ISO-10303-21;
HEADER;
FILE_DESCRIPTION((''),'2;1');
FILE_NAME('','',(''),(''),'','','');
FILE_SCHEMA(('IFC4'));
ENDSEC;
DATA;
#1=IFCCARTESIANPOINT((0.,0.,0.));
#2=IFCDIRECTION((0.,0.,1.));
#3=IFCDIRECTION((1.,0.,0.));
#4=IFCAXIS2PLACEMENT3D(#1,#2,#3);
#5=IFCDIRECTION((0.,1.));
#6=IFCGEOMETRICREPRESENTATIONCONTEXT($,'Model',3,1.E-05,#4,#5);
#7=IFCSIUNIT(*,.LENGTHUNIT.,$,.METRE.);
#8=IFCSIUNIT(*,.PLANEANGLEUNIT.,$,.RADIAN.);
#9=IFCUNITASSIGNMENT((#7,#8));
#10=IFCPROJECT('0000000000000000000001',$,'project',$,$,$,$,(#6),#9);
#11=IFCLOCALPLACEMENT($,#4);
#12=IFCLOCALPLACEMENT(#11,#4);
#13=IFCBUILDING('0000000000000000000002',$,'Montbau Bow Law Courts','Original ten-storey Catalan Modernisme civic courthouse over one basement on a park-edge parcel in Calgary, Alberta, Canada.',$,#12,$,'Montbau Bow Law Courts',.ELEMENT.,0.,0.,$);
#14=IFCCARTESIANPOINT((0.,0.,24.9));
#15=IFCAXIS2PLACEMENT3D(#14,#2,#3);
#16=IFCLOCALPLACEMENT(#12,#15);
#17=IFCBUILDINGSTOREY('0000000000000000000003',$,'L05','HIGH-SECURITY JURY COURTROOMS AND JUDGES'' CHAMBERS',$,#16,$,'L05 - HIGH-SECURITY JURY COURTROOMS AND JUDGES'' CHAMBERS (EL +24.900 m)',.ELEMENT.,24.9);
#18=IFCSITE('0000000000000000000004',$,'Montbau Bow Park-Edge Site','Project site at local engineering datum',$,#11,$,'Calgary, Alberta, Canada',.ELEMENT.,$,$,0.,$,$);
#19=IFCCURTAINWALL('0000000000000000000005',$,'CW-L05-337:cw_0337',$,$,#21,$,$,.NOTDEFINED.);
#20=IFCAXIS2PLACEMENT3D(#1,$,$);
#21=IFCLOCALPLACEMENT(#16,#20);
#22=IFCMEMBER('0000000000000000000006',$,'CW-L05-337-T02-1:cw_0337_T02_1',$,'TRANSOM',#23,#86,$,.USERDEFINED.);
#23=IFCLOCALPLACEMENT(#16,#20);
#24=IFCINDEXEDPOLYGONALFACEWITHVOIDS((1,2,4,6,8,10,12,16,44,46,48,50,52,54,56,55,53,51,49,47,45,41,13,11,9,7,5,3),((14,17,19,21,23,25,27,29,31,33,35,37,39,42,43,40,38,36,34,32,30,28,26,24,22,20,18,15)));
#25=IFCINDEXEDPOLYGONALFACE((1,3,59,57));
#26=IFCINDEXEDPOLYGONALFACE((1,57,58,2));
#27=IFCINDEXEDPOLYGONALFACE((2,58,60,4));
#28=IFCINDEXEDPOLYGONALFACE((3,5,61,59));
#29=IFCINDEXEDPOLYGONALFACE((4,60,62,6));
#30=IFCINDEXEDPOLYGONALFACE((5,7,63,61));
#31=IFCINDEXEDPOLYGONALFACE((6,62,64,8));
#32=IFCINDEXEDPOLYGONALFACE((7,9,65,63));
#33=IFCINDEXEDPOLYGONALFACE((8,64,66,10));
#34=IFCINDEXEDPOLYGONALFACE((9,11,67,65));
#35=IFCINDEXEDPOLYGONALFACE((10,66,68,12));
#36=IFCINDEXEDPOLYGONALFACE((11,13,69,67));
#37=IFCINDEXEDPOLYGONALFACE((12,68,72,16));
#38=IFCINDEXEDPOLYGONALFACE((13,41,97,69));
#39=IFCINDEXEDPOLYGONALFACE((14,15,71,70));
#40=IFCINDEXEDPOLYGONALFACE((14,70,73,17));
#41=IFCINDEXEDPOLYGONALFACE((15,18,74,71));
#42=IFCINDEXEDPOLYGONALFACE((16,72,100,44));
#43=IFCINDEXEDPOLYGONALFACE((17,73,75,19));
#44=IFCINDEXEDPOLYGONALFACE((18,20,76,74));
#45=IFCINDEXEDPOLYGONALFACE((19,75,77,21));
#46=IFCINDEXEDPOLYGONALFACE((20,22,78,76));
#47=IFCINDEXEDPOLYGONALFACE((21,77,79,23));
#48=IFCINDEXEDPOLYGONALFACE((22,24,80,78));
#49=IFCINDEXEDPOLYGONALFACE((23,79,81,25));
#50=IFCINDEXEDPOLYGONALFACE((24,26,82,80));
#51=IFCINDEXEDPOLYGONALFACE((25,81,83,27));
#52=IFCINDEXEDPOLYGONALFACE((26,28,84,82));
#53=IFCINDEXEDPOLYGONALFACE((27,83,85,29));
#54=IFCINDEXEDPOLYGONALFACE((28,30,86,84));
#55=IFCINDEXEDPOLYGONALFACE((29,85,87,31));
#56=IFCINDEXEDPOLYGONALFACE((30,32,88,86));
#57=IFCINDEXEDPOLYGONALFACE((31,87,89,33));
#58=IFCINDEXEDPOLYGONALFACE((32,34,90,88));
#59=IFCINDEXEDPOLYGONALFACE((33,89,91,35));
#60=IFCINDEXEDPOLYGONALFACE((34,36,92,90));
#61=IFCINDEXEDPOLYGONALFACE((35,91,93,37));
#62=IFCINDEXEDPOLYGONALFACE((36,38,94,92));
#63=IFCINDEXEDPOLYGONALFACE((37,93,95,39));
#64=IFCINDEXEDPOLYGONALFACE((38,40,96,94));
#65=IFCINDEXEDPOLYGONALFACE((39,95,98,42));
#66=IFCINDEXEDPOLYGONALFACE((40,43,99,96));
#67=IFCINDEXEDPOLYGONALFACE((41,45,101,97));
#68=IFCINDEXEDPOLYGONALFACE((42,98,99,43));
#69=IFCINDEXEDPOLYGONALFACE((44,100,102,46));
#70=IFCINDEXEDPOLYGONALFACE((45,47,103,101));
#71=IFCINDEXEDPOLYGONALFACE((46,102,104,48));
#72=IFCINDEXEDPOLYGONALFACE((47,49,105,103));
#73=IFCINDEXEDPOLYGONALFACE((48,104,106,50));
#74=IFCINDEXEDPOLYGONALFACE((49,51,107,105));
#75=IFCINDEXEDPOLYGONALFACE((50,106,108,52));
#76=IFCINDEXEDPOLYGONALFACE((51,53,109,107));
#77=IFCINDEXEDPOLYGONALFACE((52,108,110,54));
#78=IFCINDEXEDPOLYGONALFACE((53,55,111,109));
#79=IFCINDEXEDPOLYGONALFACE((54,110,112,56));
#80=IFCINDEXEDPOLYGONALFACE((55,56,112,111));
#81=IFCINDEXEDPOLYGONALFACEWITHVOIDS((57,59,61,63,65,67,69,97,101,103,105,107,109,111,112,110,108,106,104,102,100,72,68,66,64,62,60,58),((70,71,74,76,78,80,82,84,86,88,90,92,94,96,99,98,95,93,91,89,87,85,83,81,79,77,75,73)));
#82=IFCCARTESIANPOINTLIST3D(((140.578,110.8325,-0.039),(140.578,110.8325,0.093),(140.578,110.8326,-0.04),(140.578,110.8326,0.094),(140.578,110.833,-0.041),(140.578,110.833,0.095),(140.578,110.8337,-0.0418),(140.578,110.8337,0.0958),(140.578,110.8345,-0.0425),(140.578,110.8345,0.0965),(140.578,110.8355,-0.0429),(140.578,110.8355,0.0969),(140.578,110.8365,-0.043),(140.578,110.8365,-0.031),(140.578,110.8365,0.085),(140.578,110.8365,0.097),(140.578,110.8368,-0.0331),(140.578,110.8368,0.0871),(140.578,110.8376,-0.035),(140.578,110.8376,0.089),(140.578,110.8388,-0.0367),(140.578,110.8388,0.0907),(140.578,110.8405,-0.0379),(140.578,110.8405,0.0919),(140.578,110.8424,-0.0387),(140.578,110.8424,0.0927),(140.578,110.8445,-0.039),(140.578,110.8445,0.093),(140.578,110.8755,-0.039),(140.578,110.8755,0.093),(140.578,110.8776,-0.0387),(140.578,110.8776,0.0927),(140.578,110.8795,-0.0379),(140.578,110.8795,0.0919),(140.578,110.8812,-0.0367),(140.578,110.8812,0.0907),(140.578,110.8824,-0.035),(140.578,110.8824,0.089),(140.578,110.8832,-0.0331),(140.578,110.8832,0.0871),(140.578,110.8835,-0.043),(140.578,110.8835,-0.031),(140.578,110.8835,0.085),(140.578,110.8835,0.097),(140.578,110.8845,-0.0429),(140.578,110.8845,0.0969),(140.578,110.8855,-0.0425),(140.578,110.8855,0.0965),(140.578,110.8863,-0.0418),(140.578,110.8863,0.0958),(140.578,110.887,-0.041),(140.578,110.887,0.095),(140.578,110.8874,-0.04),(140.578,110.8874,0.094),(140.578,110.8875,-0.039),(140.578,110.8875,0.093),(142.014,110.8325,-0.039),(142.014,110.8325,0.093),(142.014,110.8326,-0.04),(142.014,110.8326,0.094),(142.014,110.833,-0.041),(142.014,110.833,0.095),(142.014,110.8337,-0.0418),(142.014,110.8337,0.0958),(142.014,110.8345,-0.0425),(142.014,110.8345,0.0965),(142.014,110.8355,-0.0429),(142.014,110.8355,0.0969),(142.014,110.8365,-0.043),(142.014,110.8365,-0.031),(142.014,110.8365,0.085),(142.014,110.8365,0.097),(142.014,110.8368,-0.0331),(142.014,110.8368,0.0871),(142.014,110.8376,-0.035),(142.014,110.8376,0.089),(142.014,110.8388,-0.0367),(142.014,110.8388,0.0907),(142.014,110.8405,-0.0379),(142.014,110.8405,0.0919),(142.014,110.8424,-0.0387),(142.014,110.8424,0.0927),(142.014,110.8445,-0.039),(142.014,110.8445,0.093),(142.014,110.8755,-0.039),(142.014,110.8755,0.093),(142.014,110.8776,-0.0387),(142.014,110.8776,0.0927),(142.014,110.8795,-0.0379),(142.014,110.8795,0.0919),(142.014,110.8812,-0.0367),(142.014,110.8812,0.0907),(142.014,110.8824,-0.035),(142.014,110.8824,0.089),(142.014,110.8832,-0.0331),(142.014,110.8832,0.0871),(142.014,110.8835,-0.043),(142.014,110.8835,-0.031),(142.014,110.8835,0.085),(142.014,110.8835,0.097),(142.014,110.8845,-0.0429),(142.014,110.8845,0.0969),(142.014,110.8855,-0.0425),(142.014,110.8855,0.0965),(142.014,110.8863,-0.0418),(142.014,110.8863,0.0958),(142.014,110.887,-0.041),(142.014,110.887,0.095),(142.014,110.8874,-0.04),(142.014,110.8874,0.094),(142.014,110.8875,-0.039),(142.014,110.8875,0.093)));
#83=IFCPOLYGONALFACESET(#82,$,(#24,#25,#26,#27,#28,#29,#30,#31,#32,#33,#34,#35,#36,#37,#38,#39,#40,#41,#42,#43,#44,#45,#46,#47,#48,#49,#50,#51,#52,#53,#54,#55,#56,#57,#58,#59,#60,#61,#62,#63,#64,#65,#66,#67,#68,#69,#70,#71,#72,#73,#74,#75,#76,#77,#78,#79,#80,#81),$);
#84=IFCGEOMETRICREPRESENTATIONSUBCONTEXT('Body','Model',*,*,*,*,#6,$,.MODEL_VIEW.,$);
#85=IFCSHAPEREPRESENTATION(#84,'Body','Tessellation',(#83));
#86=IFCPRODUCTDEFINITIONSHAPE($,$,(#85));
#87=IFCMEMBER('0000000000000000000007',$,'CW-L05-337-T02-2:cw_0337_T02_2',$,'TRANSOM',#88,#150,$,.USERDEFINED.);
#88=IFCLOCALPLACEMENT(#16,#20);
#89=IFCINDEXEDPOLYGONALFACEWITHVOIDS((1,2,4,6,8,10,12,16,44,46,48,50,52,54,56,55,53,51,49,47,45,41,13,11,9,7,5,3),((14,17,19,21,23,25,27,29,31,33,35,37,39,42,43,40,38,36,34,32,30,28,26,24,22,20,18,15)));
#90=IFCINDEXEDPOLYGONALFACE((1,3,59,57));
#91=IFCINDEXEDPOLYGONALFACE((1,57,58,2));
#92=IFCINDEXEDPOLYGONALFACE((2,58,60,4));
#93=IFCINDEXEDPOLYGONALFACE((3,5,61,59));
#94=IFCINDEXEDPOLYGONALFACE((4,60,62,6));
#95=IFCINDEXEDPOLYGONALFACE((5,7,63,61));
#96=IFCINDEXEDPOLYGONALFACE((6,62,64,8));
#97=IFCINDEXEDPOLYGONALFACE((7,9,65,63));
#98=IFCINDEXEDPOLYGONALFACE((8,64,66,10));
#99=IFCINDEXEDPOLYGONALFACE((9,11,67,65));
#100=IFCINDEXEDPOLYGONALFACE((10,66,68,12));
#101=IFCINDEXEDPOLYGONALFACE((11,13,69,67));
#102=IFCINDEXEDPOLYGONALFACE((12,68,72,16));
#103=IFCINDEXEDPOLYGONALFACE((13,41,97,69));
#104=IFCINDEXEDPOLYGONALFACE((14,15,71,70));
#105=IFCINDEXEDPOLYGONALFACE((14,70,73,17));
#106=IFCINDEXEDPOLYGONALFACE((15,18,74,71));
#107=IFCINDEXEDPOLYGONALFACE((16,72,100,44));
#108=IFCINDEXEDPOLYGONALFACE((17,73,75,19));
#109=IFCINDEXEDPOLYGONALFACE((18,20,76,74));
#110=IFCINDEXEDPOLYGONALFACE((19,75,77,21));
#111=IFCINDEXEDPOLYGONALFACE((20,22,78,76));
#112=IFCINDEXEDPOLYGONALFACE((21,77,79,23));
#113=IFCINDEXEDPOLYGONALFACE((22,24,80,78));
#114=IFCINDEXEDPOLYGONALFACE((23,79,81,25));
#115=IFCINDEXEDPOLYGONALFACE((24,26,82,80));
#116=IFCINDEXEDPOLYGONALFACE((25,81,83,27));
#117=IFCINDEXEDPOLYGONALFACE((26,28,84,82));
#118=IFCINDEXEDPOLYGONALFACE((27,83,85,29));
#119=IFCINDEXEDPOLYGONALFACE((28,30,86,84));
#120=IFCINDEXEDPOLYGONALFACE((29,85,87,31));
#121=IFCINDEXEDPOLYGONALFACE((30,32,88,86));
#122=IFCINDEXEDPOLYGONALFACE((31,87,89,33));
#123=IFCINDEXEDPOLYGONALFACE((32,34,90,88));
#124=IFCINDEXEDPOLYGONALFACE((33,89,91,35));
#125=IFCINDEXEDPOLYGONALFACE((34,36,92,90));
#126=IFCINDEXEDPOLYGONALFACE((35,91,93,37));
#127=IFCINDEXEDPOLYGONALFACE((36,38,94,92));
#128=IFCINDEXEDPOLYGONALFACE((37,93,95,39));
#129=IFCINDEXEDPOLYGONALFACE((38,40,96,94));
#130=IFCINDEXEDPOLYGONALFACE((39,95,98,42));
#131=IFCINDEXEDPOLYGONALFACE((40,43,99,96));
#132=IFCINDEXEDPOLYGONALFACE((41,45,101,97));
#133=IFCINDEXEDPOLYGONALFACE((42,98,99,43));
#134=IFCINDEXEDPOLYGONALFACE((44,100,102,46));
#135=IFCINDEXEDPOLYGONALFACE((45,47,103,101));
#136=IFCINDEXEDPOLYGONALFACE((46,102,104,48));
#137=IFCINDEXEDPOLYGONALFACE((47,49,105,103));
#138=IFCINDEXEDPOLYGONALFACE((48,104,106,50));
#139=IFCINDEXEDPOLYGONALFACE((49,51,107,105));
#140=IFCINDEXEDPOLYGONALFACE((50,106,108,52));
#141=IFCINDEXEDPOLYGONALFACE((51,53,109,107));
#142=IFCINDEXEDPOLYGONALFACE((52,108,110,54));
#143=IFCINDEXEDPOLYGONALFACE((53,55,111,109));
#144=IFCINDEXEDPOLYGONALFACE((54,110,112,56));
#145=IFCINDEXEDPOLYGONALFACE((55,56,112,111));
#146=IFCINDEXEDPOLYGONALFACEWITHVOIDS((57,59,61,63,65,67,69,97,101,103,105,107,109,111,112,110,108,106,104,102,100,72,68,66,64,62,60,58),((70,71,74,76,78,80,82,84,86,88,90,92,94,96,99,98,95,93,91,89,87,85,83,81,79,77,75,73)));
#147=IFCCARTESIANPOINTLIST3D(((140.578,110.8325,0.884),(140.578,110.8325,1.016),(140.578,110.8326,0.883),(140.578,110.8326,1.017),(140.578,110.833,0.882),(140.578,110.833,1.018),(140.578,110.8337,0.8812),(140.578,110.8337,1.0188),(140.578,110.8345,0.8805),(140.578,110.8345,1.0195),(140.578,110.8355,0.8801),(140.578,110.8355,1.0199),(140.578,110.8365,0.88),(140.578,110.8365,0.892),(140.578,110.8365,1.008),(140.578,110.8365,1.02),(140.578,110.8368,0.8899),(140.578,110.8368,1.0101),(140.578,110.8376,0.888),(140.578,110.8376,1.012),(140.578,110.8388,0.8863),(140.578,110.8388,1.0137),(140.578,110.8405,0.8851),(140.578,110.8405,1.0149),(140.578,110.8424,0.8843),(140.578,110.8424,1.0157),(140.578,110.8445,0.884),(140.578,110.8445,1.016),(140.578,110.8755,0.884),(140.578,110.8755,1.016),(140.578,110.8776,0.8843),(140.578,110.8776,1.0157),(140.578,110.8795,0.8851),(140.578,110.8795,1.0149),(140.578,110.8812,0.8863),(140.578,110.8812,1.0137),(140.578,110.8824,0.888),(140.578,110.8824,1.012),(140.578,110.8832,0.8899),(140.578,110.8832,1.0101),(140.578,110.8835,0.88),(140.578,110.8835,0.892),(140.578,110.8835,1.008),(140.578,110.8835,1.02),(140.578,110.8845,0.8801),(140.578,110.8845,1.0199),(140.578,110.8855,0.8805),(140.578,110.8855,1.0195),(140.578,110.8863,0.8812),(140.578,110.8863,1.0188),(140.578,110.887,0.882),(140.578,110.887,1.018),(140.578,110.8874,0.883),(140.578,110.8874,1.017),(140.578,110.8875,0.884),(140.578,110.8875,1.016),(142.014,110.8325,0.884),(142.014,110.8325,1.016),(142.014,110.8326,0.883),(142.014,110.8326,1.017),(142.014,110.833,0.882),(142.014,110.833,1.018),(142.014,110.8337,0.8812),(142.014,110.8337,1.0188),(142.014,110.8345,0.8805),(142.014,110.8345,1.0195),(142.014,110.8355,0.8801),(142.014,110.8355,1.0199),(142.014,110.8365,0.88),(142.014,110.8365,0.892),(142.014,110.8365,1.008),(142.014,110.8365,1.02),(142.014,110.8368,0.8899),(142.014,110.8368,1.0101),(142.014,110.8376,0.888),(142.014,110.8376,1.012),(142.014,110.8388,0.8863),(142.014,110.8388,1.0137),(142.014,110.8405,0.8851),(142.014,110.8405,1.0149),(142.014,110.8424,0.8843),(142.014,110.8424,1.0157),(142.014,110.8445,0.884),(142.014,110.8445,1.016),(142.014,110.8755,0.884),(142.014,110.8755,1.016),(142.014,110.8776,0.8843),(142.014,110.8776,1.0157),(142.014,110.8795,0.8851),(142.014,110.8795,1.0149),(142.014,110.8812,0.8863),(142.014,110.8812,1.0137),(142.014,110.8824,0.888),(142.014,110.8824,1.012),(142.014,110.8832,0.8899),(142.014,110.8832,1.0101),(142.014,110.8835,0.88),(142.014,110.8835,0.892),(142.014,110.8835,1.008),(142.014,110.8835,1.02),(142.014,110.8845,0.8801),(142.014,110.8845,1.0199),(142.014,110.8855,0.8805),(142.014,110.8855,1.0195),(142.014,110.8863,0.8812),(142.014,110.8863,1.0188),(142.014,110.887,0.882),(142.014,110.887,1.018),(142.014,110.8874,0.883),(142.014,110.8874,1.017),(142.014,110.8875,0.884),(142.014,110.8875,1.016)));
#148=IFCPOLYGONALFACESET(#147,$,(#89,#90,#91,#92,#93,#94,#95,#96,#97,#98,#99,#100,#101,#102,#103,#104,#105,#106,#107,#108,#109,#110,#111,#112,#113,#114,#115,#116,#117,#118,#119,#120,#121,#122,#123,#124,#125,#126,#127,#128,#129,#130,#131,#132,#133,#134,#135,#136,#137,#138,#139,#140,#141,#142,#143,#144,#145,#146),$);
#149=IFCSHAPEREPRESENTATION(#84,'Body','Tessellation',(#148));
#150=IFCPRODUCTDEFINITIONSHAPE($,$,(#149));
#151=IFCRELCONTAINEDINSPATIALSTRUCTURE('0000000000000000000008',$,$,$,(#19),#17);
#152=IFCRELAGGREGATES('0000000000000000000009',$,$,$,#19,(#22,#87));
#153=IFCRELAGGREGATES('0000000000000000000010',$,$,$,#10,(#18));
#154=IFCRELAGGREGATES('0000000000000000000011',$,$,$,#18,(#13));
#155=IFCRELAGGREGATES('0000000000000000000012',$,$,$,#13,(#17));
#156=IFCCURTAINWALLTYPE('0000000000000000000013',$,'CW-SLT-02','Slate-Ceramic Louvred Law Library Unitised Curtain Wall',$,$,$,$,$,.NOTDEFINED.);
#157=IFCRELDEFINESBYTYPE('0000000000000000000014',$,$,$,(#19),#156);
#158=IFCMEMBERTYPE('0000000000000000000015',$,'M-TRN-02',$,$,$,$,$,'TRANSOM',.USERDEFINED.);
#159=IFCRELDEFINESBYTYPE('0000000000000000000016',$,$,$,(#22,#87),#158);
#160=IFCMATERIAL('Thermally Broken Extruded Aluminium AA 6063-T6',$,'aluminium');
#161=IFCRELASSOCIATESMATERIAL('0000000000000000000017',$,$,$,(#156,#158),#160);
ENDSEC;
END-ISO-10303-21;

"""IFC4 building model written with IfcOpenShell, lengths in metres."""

from ifc_helpers import new_model, si_unit, direction, frame, origin_with_axes, origin_2d_with_axis, place, context, subcontext, project, spatial, hollow_rectangle, extrude, material, material_profile, profile_set, type_object, element, aggregate, save


model = new_model("IFC4")

# Units and contexts
model_context = context("Model", 3, precision=1e-05, world=origin_with_axes(), true_north=direction((0.0, 1.0)))
body_context = subcontext(model_context, "Body", "Model", "MODEL_VIEW")
ifc_project = project(units=[si_unit("LENGTHUNIT", "METRE"), si_unit("PLANEANGLEUNIT", "RADIAN")], contexts=[model_context])

# Site, building, storey
site_placement = place(None, origin_with_axes())
site = spatial("IfcSite", under=ifc_project, at=site_placement, Name="Montbau Bow Park-Edge Site", Description="Project site at local engineering datum", LongName="Calgary, Alberta, Canada", CompositionType="ELEMENT", RefElevation=0.0)
building_placement = place(site_placement, origin_with_axes())
building = spatial("IfcBuilding", under=site, at=building_placement, Name="Montbau Bow Law Courts", Description="Original ten-storey Catalan Modernisme civic courthouse over one basement on a park-edge parcel in Calgary, Alberta, Canada.", LongName="Montbau Bow Law Courts", CompositionType="ELEMENT", ElevationOfRefHeight=0.0, ElevationOfTerrain=0.0)
storey_placement = place(building_placement, frame((0.0, 0.0, 24.9), z_axis=(0.0, 0.0, 1.0), x_axis=(1.0, 0.0, 0.0)))
storey = spatial("IfcBuildingStorey", under=building, at=storey_placement, Name="L05", Description="HIGH-SECURITY JURY COURTROOMS AND JUDGES' CHAMBERS", LongName="L05 - HIGH-SECURITY JURY COURTROOMS AND JUDGES' CHAMBERS (EL +24.900 m)", CompositionType="ELEMENT", Elevation=24.9)

# Curtain wall, members
ifc_material_1 = material(Name="Thermally Broken Extruded Aluminium AA 6063-T6", Category="aluminium")
curtain_wall_type = type_object("IfcCurtainWallType", Name="CW-SLT-02", Description="Slate-Ceramic Louvred Law Library Unitised Curtain Wall", PredefinedType="NOTDEFINED", material=ifc_material_1)
curtain_wall_placement = place(None, frame((139.04, 110.86, 24.9), z_axis=(0.0, 0.0, 1.0), x_axis=(1.0, 0.0, 0.0)))
curtain_wall = element("IfcCurtainWall", 1, at=curtain_wall_placement, inside=storey, type_object=curtain_wall_type, Name="CW-L05-337:cw_0337", PredefinedType="NOTDEFINED")
ifc_material_profile_1 = material_profile(ifc_material_1, hollow_rectangle(XDim=0.055, YDim=0.14, WallThickness=0.004, InnerFilletRadius=0.008, OuterFilletRadius=0.004, at=origin_2d_with_axis()), Name="CWT-140X55", Category="Main", Priority=0)
ifc_profile_set_1 = profile_set([ifc_material_profile_1], Name="Thermally Broken Extruded Aluminium AA 6063-T6")
member_type_1 = type_object("IfcMemberType", Name="M-TRN-02", ElementType="TRANSOM", PredefinedType="USERDEFINED", material=ifc_profile_set_1)
member_1_placement = place(None, frame((140.578, 110.86, 24.927), z_axis=(1.0, 0.0, 0.0), x_axis=(0.0, 1.0, 0.0)))
member_1 = element("IfcMember", 2, at=member_1_placement, type_object=member_type_1, Name="CW-L05-337-T02-1:cw_0337_T02_1", ObjectType="TRANSOM", PredefinedType="USERDEFINED", context=body_context, shape_type="SweptSolid", body=[
    extrude(hollow_rectangle(XDim=0.055, YDim=0.14, WallThickness=0.004, InnerFilletRadius=0.008, OuterFilletRadius=0.004, at=origin_2d_with_axis()), origin_with_axes(), (0.0, 0.0, 1.0), 1.436),
])
member_2_placement = place(None, frame((140.578, 110.86, 25.85), z_axis=(1.0, 0.0, 0.0), x_axis=(0.0, 1.0, 0.0)))
member_2 = element("IfcMember", 3, at=member_2_placement, type_object=member_type_1, Name="CW-L05-337-T02-2:cw_0337_T02_2", ObjectType="TRANSOM", PredefinedType="USERDEFINED", context=body_context, shape_type="SweptSolid", body=[
    extrude(hollow_rectangle(XDim=0.055, YDim=0.14, WallThickness=0.004, InnerFilletRadius=0.008, OuterFilletRadius=0.004, at=origin_2d_with_axis()), origin_with_axes(), (0.0, 0.0, 1.0), 1.436),
])
aggregate(curtain_wall, [member_1, member_2])

save(model, "model.ifc")
